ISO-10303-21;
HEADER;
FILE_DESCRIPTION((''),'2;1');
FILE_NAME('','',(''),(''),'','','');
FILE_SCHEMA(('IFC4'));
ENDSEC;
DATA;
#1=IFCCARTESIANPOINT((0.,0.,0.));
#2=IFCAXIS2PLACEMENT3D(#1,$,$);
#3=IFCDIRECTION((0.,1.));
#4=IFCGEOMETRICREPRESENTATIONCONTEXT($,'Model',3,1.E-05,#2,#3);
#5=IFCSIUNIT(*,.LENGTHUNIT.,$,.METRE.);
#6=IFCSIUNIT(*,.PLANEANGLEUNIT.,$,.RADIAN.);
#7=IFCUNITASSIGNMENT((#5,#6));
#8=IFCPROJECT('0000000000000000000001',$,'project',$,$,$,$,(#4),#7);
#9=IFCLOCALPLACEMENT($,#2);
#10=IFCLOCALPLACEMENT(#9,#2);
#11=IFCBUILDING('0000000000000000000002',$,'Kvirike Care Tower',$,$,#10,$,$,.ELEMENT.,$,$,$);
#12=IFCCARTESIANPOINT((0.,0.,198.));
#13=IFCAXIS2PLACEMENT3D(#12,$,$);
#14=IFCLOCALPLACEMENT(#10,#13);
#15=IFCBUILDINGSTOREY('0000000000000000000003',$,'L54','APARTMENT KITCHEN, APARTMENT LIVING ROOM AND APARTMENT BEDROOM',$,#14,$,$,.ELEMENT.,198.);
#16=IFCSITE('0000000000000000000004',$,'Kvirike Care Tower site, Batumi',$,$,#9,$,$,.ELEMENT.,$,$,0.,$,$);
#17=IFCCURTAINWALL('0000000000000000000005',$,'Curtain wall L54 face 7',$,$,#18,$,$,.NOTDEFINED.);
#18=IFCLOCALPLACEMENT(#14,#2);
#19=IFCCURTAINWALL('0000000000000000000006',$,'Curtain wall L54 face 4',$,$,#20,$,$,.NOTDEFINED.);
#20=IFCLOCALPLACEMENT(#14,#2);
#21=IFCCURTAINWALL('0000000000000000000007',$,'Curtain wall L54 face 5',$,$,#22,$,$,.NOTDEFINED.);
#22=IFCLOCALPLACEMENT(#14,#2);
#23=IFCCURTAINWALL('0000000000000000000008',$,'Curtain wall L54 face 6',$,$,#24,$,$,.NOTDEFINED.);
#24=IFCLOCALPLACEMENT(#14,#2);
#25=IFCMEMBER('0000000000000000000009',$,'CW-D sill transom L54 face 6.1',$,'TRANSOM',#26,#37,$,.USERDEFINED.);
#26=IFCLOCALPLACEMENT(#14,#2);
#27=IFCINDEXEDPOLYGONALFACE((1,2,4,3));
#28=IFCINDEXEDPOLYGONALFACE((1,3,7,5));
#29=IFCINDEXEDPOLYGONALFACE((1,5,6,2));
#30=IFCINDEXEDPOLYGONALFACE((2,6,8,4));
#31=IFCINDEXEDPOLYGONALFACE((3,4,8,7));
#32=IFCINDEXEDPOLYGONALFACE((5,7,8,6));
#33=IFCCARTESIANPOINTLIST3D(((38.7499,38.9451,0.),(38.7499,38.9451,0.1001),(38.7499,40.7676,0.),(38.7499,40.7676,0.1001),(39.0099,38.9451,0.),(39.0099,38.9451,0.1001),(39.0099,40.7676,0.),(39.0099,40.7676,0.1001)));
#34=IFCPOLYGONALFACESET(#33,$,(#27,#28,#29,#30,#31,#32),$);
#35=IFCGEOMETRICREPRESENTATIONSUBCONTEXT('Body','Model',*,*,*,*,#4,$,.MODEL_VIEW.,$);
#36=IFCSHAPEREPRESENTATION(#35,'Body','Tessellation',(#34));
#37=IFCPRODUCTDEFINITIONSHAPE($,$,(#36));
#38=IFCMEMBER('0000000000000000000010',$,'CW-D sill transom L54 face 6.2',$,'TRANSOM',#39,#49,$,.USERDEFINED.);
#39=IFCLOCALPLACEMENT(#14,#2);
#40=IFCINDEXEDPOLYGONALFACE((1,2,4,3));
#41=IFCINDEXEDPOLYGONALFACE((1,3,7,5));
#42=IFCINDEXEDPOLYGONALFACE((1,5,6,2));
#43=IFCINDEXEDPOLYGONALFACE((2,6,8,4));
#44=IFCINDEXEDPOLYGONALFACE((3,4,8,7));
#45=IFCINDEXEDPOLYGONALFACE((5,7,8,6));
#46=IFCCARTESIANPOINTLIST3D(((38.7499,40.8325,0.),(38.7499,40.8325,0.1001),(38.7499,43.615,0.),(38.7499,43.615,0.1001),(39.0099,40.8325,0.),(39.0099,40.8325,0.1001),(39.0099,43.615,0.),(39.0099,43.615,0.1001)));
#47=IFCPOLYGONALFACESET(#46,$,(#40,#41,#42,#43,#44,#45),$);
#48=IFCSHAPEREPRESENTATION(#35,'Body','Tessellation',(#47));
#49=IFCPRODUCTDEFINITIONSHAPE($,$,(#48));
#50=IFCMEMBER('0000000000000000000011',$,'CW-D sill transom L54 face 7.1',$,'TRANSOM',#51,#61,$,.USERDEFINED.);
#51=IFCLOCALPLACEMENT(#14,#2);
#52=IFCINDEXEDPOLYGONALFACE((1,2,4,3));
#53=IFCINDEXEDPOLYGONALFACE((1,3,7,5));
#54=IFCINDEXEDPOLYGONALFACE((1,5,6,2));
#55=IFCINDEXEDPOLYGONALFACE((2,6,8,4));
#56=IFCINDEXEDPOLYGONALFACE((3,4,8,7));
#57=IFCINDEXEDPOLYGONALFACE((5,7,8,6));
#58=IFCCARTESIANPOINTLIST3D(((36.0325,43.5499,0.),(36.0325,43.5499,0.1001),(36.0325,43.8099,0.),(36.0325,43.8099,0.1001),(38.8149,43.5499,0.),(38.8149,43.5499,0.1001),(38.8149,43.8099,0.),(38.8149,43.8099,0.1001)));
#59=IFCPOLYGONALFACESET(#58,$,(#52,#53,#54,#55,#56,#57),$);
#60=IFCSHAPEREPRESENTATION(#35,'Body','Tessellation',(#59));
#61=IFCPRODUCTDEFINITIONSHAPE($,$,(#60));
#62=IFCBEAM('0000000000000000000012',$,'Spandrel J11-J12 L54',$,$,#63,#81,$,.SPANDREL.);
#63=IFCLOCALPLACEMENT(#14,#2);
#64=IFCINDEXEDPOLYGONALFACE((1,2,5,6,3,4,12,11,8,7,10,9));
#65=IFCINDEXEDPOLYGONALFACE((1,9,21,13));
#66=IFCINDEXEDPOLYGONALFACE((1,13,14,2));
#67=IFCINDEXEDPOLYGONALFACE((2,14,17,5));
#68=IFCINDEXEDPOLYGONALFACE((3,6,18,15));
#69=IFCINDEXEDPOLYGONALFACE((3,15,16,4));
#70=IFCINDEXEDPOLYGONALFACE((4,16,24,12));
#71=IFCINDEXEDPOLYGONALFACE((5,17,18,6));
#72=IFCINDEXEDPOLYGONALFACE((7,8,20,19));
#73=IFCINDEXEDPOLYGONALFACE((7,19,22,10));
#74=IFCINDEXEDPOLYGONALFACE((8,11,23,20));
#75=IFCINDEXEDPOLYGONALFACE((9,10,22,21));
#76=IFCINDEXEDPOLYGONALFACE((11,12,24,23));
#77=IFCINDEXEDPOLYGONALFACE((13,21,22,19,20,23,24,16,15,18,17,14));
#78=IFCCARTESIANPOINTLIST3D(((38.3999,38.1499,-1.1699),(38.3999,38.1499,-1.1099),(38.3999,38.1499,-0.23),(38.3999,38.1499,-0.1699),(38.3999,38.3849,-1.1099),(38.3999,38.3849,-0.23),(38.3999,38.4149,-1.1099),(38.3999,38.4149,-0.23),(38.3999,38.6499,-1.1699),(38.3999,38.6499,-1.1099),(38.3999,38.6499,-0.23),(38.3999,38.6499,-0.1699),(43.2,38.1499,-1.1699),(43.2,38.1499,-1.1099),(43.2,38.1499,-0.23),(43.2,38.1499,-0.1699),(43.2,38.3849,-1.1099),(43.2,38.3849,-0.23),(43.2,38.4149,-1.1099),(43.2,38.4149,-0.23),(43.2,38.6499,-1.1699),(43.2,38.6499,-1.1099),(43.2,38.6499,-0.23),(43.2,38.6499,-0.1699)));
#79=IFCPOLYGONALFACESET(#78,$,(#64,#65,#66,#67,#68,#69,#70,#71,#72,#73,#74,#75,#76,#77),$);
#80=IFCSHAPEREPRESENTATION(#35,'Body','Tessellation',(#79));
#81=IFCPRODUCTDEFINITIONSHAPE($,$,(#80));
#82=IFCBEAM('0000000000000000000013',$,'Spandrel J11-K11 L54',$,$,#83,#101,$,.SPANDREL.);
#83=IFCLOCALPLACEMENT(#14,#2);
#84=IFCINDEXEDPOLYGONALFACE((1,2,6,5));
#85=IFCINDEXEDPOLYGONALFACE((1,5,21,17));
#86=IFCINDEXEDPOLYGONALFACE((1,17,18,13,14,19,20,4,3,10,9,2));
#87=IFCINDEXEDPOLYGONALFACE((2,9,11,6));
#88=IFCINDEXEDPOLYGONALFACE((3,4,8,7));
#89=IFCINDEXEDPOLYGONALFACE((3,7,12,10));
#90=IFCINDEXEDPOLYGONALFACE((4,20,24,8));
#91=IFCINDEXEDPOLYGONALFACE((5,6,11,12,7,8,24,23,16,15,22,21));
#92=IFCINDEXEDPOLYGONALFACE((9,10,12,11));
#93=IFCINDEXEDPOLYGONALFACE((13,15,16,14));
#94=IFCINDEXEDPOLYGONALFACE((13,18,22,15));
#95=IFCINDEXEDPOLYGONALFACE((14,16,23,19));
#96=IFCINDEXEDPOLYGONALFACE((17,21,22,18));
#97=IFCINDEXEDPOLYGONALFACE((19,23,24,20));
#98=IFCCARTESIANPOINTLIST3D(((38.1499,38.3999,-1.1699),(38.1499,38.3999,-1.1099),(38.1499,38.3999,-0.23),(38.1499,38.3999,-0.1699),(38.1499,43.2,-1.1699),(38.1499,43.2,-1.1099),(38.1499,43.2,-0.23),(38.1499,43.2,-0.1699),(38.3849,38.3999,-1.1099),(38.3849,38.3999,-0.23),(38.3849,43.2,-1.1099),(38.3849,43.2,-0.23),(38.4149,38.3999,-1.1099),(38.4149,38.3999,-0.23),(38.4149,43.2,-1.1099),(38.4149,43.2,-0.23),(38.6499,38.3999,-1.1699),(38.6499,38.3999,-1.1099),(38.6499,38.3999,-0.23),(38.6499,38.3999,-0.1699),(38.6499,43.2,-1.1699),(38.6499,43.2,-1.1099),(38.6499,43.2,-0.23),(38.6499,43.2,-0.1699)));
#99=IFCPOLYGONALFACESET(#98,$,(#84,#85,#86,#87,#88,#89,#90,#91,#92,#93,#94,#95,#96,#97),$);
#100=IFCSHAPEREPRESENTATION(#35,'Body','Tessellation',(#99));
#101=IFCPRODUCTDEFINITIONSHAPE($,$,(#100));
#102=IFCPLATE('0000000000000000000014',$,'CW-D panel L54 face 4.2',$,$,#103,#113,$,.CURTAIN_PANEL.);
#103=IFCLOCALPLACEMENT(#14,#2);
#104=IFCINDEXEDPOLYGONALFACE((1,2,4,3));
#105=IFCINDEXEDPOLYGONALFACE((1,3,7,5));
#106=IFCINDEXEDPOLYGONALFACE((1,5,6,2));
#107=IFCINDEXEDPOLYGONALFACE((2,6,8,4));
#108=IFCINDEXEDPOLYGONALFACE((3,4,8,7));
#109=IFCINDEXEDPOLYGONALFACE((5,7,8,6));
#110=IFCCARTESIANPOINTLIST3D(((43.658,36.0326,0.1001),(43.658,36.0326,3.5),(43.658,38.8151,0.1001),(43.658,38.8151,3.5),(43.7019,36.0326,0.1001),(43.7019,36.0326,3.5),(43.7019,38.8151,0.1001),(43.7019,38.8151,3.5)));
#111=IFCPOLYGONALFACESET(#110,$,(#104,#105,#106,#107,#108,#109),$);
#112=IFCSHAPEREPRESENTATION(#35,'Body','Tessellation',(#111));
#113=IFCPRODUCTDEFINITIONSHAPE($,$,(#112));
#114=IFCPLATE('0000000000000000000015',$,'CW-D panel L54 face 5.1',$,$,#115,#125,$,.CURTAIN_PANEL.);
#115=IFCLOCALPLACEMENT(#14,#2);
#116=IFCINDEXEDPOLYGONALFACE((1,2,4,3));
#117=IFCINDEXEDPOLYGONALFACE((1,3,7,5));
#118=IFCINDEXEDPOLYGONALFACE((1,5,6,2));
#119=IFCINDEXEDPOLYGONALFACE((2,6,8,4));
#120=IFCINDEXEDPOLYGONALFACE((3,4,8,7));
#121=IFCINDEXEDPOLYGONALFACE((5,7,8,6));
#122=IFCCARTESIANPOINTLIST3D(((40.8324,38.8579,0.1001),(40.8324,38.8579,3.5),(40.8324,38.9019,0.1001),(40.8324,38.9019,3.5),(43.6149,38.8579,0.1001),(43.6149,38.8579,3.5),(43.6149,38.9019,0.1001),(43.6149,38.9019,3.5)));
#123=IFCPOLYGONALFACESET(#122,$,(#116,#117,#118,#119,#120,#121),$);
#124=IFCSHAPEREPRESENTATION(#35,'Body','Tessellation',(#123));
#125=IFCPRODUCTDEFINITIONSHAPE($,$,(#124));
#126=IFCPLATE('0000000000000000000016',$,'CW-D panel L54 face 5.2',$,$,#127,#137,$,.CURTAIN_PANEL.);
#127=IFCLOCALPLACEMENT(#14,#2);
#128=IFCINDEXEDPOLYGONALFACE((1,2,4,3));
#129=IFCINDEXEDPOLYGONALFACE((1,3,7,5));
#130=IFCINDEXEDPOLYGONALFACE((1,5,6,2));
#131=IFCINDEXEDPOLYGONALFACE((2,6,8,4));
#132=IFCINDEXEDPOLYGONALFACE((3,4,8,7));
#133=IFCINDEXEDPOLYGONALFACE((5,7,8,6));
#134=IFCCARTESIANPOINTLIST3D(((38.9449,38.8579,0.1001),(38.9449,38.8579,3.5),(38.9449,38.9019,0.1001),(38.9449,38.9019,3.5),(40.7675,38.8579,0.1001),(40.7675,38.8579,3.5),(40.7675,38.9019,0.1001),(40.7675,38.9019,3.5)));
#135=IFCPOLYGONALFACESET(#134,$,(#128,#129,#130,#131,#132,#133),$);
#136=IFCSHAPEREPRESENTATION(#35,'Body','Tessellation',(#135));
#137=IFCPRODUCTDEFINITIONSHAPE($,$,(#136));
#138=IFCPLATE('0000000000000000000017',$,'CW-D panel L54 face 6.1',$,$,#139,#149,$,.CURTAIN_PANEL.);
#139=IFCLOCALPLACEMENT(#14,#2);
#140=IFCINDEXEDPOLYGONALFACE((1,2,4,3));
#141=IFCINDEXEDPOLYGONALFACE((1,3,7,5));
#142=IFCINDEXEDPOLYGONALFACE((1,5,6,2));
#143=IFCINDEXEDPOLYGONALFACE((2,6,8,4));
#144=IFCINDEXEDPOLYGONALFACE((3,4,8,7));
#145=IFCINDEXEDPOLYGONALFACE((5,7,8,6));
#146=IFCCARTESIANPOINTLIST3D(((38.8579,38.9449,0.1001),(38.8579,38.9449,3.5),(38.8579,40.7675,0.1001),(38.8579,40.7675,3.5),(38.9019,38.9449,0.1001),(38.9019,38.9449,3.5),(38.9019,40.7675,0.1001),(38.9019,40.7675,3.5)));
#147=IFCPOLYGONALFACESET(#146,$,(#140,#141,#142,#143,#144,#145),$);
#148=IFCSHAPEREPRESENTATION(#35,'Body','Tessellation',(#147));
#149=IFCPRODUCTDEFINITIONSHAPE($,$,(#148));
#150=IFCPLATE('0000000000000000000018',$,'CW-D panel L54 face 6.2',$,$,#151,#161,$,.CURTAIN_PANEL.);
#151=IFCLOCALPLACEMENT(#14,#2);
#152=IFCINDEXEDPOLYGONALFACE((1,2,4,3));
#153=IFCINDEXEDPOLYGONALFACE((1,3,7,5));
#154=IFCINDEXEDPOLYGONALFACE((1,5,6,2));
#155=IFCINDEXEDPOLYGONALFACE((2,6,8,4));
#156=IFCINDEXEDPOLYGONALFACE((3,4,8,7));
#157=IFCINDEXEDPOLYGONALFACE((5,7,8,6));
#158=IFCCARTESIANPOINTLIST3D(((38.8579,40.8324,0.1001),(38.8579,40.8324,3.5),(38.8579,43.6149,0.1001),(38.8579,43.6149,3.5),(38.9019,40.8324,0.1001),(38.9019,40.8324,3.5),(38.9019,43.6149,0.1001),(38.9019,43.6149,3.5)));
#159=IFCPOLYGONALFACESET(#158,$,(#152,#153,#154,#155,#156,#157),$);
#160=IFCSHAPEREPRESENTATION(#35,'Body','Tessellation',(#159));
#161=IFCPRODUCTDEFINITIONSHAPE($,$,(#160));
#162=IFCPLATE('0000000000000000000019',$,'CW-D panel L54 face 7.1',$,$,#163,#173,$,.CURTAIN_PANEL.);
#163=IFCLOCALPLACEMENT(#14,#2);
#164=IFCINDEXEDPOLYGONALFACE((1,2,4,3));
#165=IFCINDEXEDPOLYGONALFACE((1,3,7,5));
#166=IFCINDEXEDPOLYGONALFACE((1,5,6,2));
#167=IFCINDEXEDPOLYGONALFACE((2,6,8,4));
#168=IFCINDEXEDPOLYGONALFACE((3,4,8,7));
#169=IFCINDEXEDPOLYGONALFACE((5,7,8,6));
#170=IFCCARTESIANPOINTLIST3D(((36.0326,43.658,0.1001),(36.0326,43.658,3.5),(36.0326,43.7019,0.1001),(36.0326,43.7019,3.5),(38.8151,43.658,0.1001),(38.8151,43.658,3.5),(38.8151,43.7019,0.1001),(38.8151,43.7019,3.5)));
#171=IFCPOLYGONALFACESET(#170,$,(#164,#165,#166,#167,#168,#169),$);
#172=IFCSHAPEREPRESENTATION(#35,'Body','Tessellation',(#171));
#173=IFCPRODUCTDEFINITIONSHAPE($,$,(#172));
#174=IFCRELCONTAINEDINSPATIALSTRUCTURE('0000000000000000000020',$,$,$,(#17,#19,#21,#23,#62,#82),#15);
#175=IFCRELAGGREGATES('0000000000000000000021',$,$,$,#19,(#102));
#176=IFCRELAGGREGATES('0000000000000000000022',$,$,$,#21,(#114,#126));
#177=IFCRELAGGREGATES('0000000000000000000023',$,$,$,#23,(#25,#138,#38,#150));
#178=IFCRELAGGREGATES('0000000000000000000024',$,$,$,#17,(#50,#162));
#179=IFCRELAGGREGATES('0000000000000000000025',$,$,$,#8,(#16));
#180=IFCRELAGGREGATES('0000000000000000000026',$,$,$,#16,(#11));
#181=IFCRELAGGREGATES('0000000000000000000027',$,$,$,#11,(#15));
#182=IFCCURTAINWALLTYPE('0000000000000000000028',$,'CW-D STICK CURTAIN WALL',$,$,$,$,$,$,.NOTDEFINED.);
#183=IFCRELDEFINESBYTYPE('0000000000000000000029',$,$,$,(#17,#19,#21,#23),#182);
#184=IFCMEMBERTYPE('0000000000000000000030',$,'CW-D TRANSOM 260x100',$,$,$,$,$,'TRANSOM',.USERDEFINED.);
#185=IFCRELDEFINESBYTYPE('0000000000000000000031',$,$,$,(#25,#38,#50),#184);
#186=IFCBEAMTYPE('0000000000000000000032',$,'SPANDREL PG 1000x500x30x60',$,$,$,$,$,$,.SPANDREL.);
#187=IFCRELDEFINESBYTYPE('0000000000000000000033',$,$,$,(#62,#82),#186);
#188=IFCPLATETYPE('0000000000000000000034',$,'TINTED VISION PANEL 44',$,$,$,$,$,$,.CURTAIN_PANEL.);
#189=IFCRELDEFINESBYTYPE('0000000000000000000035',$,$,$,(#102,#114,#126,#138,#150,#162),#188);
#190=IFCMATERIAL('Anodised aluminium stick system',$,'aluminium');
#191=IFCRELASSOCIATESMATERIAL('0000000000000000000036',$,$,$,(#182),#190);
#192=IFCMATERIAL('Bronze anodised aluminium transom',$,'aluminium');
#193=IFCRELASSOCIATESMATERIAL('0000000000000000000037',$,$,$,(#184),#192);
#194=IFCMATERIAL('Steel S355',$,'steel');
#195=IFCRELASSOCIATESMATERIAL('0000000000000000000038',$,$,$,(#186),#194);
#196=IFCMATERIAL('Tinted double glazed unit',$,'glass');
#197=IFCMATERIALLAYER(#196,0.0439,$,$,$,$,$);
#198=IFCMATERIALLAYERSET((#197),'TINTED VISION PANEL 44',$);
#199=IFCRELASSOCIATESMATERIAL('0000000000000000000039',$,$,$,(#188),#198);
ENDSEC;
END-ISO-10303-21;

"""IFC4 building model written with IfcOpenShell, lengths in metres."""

from ifc_helpers import new_model, si_unit, direction, frame, origin, origin_2d, place, context, subcontext, project, spatial, rectangle, i_section, extrude, material, layer, layer_set, material_profile, profile_set, type_object, element, aggregate, save


model = new_model("IFC4")

# Units and contexts
model_context = context("Model", 3, precision=1e-05, world=origin(), true_north=direction((0.0, 1.0)))
body_context = subcontext(model_context, "Body", "Model", "MODEL_VIEW")
ifc_project = project(units=[si_unit("LENGTHUNIT", "METRE"), si_unit("PLANEANGLEUNIT", "RADIAN")], contexts=[model_context])

# Site, building, storey
site_placement = place(None, origin())
site = spatial("IfcSite", under=ifc_project, at=site_placement, Name="Kvirike Care Tower site, Batumi", CompositionType="ELEMENT", RefElevation=0.0)
building_placement = place(site_placement, origin())
building = spatial("IfcBuilding", under=site, at=building_placement, Name="Kvirike Care Tower", CompositionType="ELEMENT")
storey_placement = place(building_placement, frame((0.0, 0.0, 198.0)))
storey = spatial("IfcBuildingStorey", under=building, at=storey_placement, Name="L54", Description="APARTMENT KITCHEN, APARTMENT LIVING ROOM AND APARTMENT BEDROOM", CompositionType="ELEMENT", Elevation=198.0)

# Curtain walls
ifc_material_1 = material(Name="Anodised aluminium stick system", Category="aluminium")
curtain_wall_type = type_object("IfcCurtainWallType", Name="CW-D STICK CURTAIN WALL", PredefinedType="NOTDEFINED", material=ifc_material_1)
curtain_wall_1_placement = place(storey_placement, origin())
curtain_wall_1 = element("IfcCurtainWall", 1, at=curtain_wall_1_placement, inside=storey, type_object=curtain_wall_type, Name="Curtain wall L54 face 7", PredefinedType="NOTDEFINED")
curtain_wall_2_placement = place(storey_placement, origin())
curtain_wall_2 = element("IfcCurtainWall", 2, at=curtain_wall_2_placement, inside=storey, type_object=curtain_wall_type, Name="Curtain wall L54 face 4", PredefinedType="NOTDEFINED")

# Curtain walls
curtain_wall_3_placement = place(storey_placement, origin())
curtain_wall_3 = element("IfcCurtainWall", 3, at=curtain_wall_3_placement, inside=storey, type_object=curtain_wall_type, Name="Curtain wall L54 face 5", PredefinedType="NOTDEFINED")
curtain_wall_4_placement = place(storey_placement, origin())
curtain_wall_4 = element("IfcCurtainWall", 4, at=curtain_wall_4_placement, inside=storey, type_object=curtain_wall_type, Name="Curtain wall L54 face 6", PredefinedType="NOTDEFINED")

# Members
ifc_material_2 = material(Name="Bronze anodised aluminium transom", Category="aluminium")
ifc_material_profile_1 = material_profile(ifc_material_2, rectangle(XDim=0.26, YDim=0.1001, at=origin_2d()), Name="CW-D TRANSOM 260x100")
ifc_profile_set_1 = profile_set([ifc_material_profile_1], Name="Bronze anodised aluminium transom")
member_type_1 = type_object("IfcMemberType", Name="CW-D TRANSOM 260x100", ElementType="TRANSOM", PredefinedType="USERDEFINED", material=ifc_profile_set_1)
member_1_placement = place(storey_placement, frame((38.8799, 38.9451, 0.05), z_axis=(0.0, 1.0, 0.0), x_axis=(-1.0, 0.0, 0.0)))
member_1 = element("IfcMember", 5, at=member_1_placement, type_object=member_type_1, Name="CW-D sill transom L54 face 6.1", ObjectType="TRANSOM", PredefinedType="USERDEFINED", context=body_context, shape_type="SweptSolid", body=[
    extrude(rectangle(XDim=0.26, YDim=0.1001, at=origin_2d()), origin(), (0.0, 0.0, 1.0), 1.8225),
])
member_2_placement = place(storey_placement, frame((38.8799, 40.8325, 0.05), z_axis=(0.0, 1.0, 0.0), x_axis=(-1.0, 0.0, 0.0)))
member_2 = element("IfcMember", 6, at=member_2_placement, type_object=member_type_1, Name="CW-D sill transom L54 face 6.2", ObjectType="TRANSOM", PredefinedType="USERDEFINED", context=body_context, shape_type="SweptSolid", body=[
    extrude(rectangle(XDim=0.26, YDim=0.1001, at=origin_2d()), origin(), (0.0, 0.0, 1.0), 2.7825),
])
member_3_placement = place(storey_placement, frame((38.8149, 43.6799, 0.05), z_axis=(-1.0, 0.0, 0.0), x_axis=(0.0, -1.0, 0.0)))
member_3 = element("IfcMember", 7, at=member_3_placement, type_object=member_type_1, Name="CW-D sill transom L54 face 7.1", ObjectType="TRANSOM", PredefinedType="USERDEFINED", context=body_context, shape_type="SweptSolid", body=[
    extrude(rectangle(XDim=0.26, YDim=0.1001, at=origin_2d()), origin(), (0.0, 0.0, 1.0), 2.7825),
])

# Beams
ifc_material_3 = material(Name="Steel S355", Category="steel")
ifc_material_profile_2 = material_profile(ifc_material_3, i_section(OverallWidth=0.5, OverallDepth=1.0, WebThickness=0.03, FlangeThickness=0.0601, at=origin_2d()), Name="PG 1000x500x30x60")
ifc_profile_set_2 = profile_set([ifc_material_profile_2], Name="Steel S355")
beam_type = type_object("IfcBeamType", Name="SPANDREL PG 1000x500x30x60", PredefinedType="SPANDREL", material=ifc_profile_set_2)
for number, where, z_axis, x_axis, name in (
    (8, (38.3999, 38.3999, -0.6699), (1.0, 0.0, 0.0), (0.0, 1.0, 0.0), "Spandrel J11-J12 L54"),
    (9, (38.3999, 38.3999, -0.6699), (0.0, 1.0, 0.0), (-1.0, 0.0, 0.0), "Spandrel J11-K11 L54"),
):
    element("IfcBeam", number, at=place(storey_placement, frame(where, z_axis=z_axis, x_axis=x_axis)), inside=storey, type_object=beam_type, Name=name, PredefinedType="SPANDREL", context=body_context, shape_type="SweptSolid", body=[
        extrude(i_section(OverallWidth=0.5, OverallDepth=1.0, WebThickness=0.03, FlangeThickness=0.0601, at=origin_2d()), origin(), (0.0, 0.0, 1.0), 4.8),
    ])

# Plates
ifc_material_4 = material(Name="Tinted double glazed unit", Category="glass")
ifc_layer_1 = layer(ifc_material_4, 0.0439)
ifc_layer_set_1 = layer_set([ifc_layer_1], Name="TINTED VISION PANEL 44")
plate_type = type_object("IfcPlateType", Name="TINTED VISION PANEL 44", PredefinedType="CURTAIN_PANEL", material=ifc_layer_set_1)
plate_1_placement = place(storey_placement, frame((43.6799, 37.4238, 0.1001), z_axis=(0.0, 0.0, 1.0), x_axis=(0.0, 1.0, 0.0)))
plate_1 = element("IfcPlate", 10, at=plate_1_placement, type_object=plate_type, Name="CW-D panel L54 face 4.2", PredefinedType="CURTAIN_PANEL", context=body_context, shape_type="SweptSolid", body=[
    extrude(rectangle(XDim=2.7825, YDim=0.0439, at=origin_2d()), origin(), (0.0, 0.0, 1.0), 3.3999),
])
aggregate(curtain_wall_2, [plate_1])
plate_2_placement = place(storey_placement, frame((42.2236, 38.8799, 0.1001), z_axis=(0.0, 0.0, 1.0), x_axis=(-1.0, 0.0, 0.0)))
plate_2 = element("IfcPlate", 11, at=plate_2_placement, type_object=plate_type, Name="CW-D panel L54 face 5.1", PredefinedType="CURTAIN_PANEL", context=body_context, shape_type="SweptSolid", body=[
    extrude(rectangle(XDim=2.7825, YDim=0.0439, at=origin_2d()), origin(), (0.0, 0.0, 1.0), 3.3999),
])
plate_3_placement = place(storey_placement, frame((39.8562, 38.8799, 0.1001), z_axis=(0.0, 0.0, 1.0), x_axis=(-1.0, 0.0, 0.0)))
plate_3 = element("IfcPlate", 12, at=plate_3_placement, type_object=plate_type, Name="CW-D panel L54 face 5.2", PredefinedType="CURTAIN_PANEL", context=body_context, shape_type="SweptSolid", body=[
    extrude(rectangle(XDim=1.8225, YDim=0.0439, at=origin_2d()), origin(), (0.0, 0.0, 1.0), 3.3999),
])
aggregate(curtain_wall_3, [plate_2, plate_3])
plate_4_placement = place(storey_placement, frame((38.8799, 39.8562, 0.1001), z_axis=(0.0, 0.0, 1.0), x_axis=(0.0, 1.0, 0.0)))
plate_4 = element("IfcPlate", 13, at=plate_4_placement, type_object=plate_type, Name="CW-D panel L54 face 6.1", PredefinedType="CURTAIN_PANEL", context=body_context, shape_type="SweptSolid", body=[
    extrude(rectangle(XDim=1.8225, YDim=0.0439, at=origin_2d()), origin(), (0.0, 0.0, 1.0), 3.3999),
])
plate_5_placement = place(storey_placement, frame((38.8799, 42.2236, 0.1001), z_axis=(0.0, 0.0, 1.0), x_axis=(0.0, 1.0, 0.0)))
plate_5 = element("IfcPlate", 14, at=plate_5_placement, type_object=plate_type, Name="CW-D panel L54 face 6.2", PredefinedType="CURTAIN_PANEL", context=body_context, shape_type="SweptSolid", body=[
    extrude(rectangle(XDim=2.7825, YDim=0.0439, at=origin_2d()), origin(), (0.0, 0.0, 1.0), 3.3999),
])
aggregate(curtain_wall_4, [member_1, plate_4, member_2, plate_5])
plate_6_placement = place(storey_placement, frame((37.4238, 43.6799, 0.1001), z_axis=(0.0, 0.0, 1.0), x_axis=(-1.0, 0.0, 0.0)))
plate_6 = element("IfcPlate", 15, at=plate_6_placement, type_object=plate_type, Name="CW-D panel L54 face 7.1", PredefinedType="CURTAIN_PANEL", context=body_context, shape_type="SweptSolid", body=[
    extrude(rectangle(XDim=2.7825, YDim=0.0439, at=origin_2d()), origin(), (0.0, 0.0, 1.0), 3.3999),
])
aggregate(curtain_wall_1, [member_3, plate_6])

save(model, "model.ifc")
